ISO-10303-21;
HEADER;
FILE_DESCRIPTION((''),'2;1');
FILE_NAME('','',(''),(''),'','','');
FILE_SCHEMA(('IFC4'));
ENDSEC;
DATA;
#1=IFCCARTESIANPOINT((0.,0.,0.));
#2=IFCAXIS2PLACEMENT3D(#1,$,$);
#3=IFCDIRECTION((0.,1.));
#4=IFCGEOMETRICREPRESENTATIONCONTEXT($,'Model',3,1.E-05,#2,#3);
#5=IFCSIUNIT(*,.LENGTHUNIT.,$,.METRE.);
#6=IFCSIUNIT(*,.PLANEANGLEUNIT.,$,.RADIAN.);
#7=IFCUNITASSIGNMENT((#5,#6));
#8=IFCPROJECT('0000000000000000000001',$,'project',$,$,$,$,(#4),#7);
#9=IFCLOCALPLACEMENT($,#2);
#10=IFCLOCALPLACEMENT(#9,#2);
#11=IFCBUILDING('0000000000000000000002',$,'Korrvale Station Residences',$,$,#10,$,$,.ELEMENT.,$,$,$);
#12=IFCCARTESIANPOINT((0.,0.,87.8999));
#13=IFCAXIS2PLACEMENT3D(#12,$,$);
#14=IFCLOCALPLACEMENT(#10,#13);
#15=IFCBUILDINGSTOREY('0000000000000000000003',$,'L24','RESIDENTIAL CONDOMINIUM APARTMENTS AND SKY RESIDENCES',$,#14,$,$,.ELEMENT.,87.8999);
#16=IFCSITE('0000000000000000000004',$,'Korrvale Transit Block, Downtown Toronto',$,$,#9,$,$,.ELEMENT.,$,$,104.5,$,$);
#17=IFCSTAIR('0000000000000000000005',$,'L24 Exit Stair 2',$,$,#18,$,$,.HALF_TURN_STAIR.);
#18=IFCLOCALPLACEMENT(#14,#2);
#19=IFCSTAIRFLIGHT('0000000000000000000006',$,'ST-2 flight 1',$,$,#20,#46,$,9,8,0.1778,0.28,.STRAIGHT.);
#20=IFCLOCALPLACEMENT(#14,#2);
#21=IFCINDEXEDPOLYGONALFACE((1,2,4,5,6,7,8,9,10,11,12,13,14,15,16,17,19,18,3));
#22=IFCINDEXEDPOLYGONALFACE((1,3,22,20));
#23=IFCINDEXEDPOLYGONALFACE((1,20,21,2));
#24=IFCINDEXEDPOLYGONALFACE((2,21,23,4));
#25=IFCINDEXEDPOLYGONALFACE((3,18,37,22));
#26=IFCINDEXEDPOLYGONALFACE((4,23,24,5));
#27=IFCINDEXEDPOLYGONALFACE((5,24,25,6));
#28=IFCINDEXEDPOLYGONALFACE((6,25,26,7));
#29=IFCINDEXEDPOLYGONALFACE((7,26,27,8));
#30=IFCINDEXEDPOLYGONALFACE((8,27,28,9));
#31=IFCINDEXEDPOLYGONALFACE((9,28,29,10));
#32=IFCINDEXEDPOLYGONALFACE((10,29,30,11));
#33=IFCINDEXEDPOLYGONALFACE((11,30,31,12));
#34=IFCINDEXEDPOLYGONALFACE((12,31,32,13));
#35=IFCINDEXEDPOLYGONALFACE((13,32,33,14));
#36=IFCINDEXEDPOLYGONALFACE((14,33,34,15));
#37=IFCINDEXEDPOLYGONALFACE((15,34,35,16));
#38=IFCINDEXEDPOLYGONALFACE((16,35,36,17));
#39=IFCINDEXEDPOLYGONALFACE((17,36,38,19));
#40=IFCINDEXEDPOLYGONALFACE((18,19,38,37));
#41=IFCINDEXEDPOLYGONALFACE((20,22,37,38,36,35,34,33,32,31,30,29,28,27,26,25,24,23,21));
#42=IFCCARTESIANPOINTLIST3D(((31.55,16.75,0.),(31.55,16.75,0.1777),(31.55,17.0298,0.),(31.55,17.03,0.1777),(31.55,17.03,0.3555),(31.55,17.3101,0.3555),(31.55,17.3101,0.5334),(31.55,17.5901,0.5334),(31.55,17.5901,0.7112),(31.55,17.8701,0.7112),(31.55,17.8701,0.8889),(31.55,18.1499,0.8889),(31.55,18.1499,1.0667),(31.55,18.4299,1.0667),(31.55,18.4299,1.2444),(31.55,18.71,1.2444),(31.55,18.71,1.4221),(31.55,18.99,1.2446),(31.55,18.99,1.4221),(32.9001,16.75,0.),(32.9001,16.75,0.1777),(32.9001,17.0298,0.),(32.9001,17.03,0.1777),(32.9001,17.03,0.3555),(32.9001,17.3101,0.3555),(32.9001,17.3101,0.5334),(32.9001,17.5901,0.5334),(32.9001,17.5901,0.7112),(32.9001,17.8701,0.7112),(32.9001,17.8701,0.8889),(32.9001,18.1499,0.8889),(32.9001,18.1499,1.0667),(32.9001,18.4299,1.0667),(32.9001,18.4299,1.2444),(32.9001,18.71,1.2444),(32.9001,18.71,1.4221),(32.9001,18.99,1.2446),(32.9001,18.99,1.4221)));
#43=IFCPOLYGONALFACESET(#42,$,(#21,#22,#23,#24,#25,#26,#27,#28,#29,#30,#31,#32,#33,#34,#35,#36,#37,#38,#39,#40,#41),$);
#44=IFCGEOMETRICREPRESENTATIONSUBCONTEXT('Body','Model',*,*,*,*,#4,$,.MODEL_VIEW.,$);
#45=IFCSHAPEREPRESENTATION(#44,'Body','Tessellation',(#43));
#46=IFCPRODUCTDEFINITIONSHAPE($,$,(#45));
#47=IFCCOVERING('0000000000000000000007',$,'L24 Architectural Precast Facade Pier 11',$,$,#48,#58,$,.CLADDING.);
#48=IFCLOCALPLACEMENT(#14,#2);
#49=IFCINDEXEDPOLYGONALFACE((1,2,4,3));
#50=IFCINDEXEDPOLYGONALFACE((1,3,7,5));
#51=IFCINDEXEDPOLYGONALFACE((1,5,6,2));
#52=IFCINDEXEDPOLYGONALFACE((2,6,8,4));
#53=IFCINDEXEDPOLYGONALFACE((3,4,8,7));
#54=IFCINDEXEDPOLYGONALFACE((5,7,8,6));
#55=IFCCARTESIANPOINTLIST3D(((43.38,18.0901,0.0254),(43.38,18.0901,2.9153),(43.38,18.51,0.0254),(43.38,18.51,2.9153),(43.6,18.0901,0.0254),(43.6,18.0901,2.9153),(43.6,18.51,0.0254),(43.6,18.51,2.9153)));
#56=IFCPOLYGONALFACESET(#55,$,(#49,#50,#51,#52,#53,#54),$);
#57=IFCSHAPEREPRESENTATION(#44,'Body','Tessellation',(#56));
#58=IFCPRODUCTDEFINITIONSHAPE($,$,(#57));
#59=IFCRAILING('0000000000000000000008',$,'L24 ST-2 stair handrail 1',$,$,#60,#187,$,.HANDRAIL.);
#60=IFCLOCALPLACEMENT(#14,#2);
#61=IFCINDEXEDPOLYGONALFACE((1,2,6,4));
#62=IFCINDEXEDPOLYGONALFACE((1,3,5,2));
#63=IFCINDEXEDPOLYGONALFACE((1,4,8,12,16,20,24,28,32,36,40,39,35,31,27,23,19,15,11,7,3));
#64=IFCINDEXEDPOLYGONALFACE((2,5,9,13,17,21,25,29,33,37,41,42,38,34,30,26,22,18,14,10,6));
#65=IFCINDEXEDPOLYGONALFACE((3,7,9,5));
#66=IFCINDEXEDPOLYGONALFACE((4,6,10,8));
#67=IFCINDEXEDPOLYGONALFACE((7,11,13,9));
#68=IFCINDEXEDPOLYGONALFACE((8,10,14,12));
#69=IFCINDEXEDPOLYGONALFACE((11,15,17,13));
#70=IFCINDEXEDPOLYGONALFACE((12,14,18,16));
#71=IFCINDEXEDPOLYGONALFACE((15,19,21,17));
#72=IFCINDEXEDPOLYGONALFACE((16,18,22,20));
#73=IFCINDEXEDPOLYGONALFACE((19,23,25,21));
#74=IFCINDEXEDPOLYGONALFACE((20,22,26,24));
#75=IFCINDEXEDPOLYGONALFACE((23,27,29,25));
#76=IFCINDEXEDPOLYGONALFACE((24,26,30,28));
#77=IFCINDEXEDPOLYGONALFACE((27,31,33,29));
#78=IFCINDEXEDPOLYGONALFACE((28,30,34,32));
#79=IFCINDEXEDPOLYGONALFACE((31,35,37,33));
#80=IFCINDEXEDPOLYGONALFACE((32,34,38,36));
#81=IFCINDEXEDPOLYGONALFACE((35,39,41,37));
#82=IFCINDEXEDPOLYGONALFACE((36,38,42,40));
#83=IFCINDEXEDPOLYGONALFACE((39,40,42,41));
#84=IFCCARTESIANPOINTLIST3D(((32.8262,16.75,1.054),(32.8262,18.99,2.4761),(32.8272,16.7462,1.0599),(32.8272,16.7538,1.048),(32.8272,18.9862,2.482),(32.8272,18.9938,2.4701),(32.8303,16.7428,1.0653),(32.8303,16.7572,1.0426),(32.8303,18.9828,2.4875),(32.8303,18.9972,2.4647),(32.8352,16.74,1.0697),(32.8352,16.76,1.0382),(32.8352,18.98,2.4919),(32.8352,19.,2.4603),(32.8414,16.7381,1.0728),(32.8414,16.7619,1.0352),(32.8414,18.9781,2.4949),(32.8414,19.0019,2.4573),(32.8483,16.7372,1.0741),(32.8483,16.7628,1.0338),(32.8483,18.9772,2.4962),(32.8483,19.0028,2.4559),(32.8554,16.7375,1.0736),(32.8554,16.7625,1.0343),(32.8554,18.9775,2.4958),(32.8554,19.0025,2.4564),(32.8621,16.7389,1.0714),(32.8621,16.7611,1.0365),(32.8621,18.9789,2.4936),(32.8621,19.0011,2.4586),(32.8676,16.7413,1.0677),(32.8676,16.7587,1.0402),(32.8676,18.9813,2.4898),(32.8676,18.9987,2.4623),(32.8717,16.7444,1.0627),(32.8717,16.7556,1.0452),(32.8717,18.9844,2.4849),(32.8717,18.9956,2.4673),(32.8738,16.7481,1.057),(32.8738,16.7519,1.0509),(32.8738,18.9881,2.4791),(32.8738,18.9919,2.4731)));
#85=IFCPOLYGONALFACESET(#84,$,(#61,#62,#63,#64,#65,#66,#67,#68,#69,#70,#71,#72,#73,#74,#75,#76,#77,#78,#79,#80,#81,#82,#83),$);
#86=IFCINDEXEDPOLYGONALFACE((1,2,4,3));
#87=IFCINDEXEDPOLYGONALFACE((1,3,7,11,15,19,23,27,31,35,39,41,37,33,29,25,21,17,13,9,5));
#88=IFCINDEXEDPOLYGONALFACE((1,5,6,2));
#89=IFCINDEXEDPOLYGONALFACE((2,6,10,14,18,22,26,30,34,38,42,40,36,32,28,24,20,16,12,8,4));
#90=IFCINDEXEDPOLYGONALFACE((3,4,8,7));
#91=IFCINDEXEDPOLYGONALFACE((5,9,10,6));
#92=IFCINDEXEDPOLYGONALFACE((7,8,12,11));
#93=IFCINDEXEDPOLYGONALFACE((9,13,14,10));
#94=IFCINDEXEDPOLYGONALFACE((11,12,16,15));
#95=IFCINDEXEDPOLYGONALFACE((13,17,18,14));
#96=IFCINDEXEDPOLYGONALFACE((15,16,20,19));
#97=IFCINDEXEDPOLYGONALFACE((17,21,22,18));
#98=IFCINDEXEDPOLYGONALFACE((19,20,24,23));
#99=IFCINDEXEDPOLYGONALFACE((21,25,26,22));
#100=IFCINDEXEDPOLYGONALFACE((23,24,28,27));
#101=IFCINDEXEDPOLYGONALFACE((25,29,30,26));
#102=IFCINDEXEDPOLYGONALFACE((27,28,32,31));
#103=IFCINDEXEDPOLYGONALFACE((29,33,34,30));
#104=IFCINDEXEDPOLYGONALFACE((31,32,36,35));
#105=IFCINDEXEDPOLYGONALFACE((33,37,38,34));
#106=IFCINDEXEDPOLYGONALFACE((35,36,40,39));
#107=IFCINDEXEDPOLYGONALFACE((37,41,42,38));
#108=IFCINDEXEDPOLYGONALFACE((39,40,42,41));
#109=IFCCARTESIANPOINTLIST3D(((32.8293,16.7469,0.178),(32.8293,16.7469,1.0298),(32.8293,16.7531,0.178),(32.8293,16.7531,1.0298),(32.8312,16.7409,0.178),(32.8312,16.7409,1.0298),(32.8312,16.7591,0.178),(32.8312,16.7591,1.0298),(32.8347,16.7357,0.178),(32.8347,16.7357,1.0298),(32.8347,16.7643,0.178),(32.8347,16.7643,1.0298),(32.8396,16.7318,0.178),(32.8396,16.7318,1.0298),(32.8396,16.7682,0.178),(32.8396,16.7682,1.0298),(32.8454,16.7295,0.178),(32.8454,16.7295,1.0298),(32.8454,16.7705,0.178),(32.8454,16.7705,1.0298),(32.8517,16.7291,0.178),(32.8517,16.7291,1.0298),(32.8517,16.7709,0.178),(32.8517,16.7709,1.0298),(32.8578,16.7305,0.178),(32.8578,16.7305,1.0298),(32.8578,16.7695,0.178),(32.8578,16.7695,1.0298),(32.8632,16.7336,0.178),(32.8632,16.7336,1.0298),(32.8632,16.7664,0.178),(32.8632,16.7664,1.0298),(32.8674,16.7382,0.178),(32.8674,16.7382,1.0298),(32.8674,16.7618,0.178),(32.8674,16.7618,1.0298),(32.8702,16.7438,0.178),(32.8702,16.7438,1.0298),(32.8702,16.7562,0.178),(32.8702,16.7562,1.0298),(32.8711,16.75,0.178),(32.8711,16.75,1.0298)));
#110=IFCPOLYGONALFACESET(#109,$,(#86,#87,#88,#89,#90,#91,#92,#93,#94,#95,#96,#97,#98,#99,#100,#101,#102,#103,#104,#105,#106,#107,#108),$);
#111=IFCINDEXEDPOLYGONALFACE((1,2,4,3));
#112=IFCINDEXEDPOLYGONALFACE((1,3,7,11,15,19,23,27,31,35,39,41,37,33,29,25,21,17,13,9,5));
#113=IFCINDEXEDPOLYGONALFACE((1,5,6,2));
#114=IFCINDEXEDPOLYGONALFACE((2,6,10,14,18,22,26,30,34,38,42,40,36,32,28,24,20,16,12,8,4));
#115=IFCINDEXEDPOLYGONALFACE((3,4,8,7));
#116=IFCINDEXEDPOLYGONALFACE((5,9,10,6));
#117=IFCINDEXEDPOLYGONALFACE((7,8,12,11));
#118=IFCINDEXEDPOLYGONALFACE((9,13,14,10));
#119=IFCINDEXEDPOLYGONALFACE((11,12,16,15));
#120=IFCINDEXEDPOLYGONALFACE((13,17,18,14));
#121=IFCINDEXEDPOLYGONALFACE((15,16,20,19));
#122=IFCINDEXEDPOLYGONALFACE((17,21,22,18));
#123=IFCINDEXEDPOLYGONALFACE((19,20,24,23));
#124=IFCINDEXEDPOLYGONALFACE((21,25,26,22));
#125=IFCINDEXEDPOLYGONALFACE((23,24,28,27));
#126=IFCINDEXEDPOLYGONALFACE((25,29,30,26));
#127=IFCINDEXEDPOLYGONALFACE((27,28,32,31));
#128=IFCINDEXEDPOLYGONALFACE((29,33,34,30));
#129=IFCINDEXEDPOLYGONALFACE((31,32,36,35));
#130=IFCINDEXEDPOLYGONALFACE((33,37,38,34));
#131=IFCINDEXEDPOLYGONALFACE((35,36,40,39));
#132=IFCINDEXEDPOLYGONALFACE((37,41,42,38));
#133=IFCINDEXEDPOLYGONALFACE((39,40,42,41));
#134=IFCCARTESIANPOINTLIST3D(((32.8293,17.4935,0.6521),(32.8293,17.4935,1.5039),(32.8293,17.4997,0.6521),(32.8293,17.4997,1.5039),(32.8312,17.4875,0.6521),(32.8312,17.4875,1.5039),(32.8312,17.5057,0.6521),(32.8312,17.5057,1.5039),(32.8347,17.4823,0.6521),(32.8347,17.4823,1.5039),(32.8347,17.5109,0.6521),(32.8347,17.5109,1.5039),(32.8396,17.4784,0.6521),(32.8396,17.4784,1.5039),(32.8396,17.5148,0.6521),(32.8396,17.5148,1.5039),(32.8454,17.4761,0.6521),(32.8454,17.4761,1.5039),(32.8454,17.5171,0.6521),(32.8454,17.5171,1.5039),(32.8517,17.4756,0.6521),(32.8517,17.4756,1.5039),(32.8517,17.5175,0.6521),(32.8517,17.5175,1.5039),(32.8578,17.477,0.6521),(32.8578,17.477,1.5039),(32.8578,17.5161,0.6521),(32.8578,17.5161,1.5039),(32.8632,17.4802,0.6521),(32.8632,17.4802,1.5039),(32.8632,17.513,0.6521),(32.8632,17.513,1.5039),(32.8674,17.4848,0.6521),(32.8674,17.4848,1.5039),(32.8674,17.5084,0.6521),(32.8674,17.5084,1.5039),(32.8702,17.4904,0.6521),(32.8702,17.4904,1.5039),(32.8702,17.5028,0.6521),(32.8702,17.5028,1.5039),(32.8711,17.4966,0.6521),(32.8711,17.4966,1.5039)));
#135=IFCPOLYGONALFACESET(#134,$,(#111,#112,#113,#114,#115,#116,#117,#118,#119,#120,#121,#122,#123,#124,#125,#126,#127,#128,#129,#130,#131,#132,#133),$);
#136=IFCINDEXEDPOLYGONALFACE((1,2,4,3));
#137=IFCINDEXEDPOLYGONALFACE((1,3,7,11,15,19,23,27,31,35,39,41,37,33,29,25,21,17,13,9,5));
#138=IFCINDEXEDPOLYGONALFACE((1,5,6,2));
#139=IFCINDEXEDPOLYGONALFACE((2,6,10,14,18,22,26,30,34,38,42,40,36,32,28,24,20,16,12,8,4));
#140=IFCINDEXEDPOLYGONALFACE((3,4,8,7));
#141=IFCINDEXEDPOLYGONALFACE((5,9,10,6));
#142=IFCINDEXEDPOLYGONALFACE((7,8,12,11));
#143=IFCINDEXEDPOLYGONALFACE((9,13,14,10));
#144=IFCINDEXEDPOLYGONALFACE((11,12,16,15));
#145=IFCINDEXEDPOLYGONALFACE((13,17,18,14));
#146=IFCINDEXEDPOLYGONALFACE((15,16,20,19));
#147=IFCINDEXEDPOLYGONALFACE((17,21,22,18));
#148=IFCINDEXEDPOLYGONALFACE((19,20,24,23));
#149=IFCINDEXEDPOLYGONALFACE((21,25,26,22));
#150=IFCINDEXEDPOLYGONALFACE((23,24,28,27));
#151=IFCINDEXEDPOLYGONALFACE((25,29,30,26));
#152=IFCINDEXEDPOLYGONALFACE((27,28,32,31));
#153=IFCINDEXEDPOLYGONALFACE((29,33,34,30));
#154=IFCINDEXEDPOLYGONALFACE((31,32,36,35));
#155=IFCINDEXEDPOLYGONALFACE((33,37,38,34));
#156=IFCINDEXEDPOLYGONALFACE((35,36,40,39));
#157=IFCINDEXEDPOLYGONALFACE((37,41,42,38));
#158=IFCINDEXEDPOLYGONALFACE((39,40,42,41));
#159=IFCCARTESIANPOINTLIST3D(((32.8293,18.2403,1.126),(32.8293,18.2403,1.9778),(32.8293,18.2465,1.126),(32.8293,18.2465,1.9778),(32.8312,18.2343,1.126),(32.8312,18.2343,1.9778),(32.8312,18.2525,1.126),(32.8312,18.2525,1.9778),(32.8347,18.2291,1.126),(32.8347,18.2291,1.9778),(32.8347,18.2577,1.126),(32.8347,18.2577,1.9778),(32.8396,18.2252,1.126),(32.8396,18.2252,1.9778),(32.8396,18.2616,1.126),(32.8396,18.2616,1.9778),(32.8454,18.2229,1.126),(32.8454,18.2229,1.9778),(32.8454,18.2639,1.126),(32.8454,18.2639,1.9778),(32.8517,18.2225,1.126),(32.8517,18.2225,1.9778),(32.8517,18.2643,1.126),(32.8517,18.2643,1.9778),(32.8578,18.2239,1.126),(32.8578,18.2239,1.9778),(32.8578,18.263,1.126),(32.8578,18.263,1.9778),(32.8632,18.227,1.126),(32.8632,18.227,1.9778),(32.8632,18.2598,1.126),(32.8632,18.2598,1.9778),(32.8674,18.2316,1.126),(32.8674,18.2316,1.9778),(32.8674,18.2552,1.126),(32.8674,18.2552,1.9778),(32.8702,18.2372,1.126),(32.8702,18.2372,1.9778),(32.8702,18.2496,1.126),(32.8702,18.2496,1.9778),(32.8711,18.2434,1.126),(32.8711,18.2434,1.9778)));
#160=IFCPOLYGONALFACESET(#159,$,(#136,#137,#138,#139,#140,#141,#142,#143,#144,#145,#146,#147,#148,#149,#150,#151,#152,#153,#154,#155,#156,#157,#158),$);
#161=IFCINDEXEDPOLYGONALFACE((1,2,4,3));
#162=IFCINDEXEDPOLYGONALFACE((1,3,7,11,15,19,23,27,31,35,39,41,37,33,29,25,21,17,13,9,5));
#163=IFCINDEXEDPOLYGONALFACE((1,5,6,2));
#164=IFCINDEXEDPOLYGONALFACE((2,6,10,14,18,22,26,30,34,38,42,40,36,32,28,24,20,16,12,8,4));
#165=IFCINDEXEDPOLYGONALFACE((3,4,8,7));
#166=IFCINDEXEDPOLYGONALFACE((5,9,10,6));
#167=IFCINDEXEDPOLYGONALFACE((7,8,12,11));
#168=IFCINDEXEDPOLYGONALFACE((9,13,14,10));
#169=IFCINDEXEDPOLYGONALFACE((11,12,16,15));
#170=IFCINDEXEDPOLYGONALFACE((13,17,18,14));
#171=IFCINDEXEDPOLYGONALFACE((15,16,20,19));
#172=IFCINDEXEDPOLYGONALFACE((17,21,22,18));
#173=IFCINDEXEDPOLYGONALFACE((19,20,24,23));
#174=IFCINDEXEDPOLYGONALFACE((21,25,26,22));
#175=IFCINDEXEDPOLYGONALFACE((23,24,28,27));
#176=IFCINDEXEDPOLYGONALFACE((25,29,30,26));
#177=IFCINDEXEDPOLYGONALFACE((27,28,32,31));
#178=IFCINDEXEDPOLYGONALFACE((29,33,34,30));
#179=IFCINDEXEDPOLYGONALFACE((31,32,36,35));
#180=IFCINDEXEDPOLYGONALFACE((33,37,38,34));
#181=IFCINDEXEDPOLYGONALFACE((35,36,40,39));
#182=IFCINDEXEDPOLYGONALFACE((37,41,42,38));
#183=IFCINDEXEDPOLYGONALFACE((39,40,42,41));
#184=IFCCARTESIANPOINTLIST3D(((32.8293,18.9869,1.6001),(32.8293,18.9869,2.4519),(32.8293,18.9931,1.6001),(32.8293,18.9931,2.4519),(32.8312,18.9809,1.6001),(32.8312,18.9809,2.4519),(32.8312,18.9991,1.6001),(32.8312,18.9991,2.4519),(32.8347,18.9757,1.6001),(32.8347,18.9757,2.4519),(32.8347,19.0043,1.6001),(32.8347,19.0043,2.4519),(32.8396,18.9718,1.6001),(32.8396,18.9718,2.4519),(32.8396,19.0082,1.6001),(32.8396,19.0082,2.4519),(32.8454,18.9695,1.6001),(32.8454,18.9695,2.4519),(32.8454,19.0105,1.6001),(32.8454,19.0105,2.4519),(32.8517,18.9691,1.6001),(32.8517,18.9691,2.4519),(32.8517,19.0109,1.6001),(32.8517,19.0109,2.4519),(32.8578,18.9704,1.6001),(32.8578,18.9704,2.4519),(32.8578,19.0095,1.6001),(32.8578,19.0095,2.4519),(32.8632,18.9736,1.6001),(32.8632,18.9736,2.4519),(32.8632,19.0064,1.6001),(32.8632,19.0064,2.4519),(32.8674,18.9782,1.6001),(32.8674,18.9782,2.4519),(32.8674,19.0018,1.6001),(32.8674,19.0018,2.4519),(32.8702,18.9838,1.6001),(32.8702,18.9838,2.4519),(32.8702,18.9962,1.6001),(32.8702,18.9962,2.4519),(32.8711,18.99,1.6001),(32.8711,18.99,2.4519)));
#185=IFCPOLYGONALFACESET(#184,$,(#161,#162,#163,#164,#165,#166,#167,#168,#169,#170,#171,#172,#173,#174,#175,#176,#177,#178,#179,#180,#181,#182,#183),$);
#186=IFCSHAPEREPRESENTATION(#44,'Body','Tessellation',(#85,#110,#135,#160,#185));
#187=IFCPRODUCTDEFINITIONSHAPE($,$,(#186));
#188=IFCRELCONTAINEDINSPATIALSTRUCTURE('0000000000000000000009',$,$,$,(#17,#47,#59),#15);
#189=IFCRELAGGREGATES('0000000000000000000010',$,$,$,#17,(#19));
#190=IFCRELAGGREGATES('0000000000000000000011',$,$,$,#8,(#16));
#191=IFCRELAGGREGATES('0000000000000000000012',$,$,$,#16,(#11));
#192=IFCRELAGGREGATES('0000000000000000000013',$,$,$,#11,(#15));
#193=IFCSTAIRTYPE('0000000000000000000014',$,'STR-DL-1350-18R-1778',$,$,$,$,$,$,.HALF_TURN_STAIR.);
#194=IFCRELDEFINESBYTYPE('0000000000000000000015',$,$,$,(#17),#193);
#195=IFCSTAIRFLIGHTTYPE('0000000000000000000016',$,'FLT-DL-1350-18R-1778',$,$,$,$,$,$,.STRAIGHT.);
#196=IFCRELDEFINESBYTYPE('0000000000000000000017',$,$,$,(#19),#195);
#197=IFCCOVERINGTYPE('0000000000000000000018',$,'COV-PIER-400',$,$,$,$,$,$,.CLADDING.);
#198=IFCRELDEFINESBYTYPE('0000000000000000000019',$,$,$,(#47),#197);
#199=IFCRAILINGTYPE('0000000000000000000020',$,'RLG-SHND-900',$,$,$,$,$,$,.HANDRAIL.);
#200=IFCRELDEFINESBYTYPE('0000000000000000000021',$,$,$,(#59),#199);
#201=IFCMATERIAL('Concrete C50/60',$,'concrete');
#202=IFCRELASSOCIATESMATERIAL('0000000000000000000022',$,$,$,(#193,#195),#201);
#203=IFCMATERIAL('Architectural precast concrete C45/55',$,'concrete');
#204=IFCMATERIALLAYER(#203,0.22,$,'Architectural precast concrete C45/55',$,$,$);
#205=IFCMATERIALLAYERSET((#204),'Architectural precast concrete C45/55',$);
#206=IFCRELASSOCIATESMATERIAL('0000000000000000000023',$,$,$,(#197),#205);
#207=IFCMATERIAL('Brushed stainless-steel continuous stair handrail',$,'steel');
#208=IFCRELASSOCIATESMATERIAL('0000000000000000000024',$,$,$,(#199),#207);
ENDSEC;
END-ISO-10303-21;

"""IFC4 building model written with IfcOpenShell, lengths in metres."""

from ifc_helpers import new_model, si_unit, direction, frame, origin, origin_2d, place, context, subcontext, project, spatial, polyline, rectangle, circle, outline, extrude, material, layer, layer_set, type_object, element, aggregate, save


model = new_model("IFC4")

# Units and contexts
model_context = context("Model", 3, precision=1e-05, world=origin(), true_north=direction((0.0, 1.0)))
body_context = subcontext(model_context, "Body", "Model", "MODEL_VIEW")
ifc_project = project(units=[si_unit("LENGTHUNIT", "METRE"), si_unit("PLANEANGLEUNIT", "RADIAN")], contexts=[model_context])

# Site, building, storey
site_placement = place(None, origin())
site = spatial("IfcSite", under=ifc_project, at=site_placement, Name="Korrvale Transit Block, Downtown Toronto", CompositionType="ELEMENT", RefElevation=104.5)
building_placement = place(site_placement, origin())
building = spatial("IfcBuilding", under=site, at=building_placement, Name="Korrvale Station Residences", CompositionType="ELEMENT")
storey_placement = place(building_placement, frame((0.0, 0.0, 87.8999)))
storey = spatial("IfcBuildingStorey", under=building, at=storey_placement, Name="L24", Description="RESIDENTIAL CONDOMINIUM APARTMENTS AND SKY RESIDENCES", CompositionType="ELEMENT", Elevation=87.8999)

# Stair, stair flight
ifc_material_1 = material(Name="Concrete C50/60", Category="concrete")
stair_type = type_object("IfcStairType", Name="STR-DL-1350-18R-1778", PredefinedType="HALF_TURN_STAIR", material=ifc_material_1)
stair_placement = place(storey_placement, origin())
stair = element("IfcStair", 1, at=stair_placement, inside=storey, type_object=stair_type, Name="L24 Exit Stair 2", PredefinedType="HALF_TURN_STAIR")
stair_flight_type = type_object("IfcStairFlightType", Name="FLT-DL-1350-18R-1778", PredefinedType="STRAIGHT", material=ifc_material_1)
stair_flight_placement = place(storey_placement, frame((32.2251, 16.75, 0.0), z_axis=(0.0, 0.0, 1.0), x_axis=(0.0, 1.0, 0.0)))
stair_flight = element("IfcStairFlight", 2, at=stair_flight_placement, type_object=stair_flight_type, Name="ST-2 flight 1", NumberOfRisers=9, NumberOfTreads=8, PredefinedType="STRAIGHT", RiserHeight=0.1778, TreadLength=0.28, context=body_context, shape_type="SweptSolid", body=[
    extrude(outline(polyline([(0.0, 0.0), (0.0, 0.1777), (0.28, 0.1777), (0.28, 0.3555), (0.5601, 0.3555), (0.5601, 0.5334), (0.8401, 0.5334), (0.8401, 0.7112), (1.1201, 0.7112), (1.1201, 0.8889), (1.3999, 0.8889), (1.3999, 1.0667), (1.6799, 1.0667), (1.6799, 1.2444), (1.96, 1.2444), (1.96, 1.4221), (2.24, 1.4221), (2.24, 1.6001), (2.24, 1.2446), (0.2798, 0.0), (0.0, 0.0)])), frame((0.0, 0.675, 0.0), z_axis=(0.0, -1.0, 0.0), x_axis=(1.0, 0.0, 0.0)), (0.0, 0.0, 1.0), 1.3501),
])
aggregate(stair, [stair_flight])

# Covering
ifc_material_2 = material(Name="Architectural precast concrete C45/55", Category="concrete")
ifc_layer_1 = layer(ifc_material_2, 0.22, Name="Architectural precast concrete C45/55")
ifc_layer_set_1 = layer_set([ifc_layer_1], Name="Architectural precast concrete C45/55")
covering_type = type_object("IfcCoveringType", Name="COV-PIER-400", PredefinedType="CLADDING", material=ifc_layer_set_1)
covering_placement = place(storey_placement, frame((43.49, 18.3, 0.0254), z_axis=(0.0, 0.0, 1.0), x_axis=(0.0, 1.0, 0.0)))
element("IfcCovering", 3, at=covering_placement, inside=storey, type_object=covering_type, Name="L24 Architectural Precast Facade Pier 11", PredefinedType="CLADDING", context=body_context, shape_type="SweptSolid", body=[
    extrude(rectangle(XDim=0.4199, YDim=0.22, at=origin_2d()), origin(), (0.0, 0.0, 1.0), 2.8899),
])

# Railing
ifc_material_3 = material(Name="Brushed stainless-steel continuous stair handrail", Category="steel")
railing_type_1 = type_object("IfcRailingType", Name="RLG-SHND-900", PredefinedType="HANDRAIL", material=ifc_material_3)
railing_1_placement = place(storey_placement, frame((32.8501, 16.75, 0.178)))
element("IfcRailing", 4, at=railing_1_placement, inside=storey, type_object=railing_type_1, Name="L24 ST-2 stair handrail 1", PredefinedType="HANDRAIL", context=body_context, shape_type="SweptSolid", body=[
    extrude(circle(Radius=0.0239, at=origin_2d()), frame((0.0, 0.0, 0.876), z_axis=(0.0, 0.844229, 0.535982), x_axis=(-1.0, 0.0, 0.0)), (0.0, 0.0, 1.0), 2.6533),
    extrude(circle(Radius=0.021, at=origin_2d()), origin(), (0.0, 0.0, 1.0), 0.8518),
    extrude(circle(Radius=0.021, at=origin_2d()), frame((0.0, 0.7466, 0.4741)), (0.0, 0.0, 1.0), 0.8518),
    extrude(circle(Radius=0.021, at=origin_2d()), frame((0.0, 1.4934, 0.948)), (0.0, 0.0, 1.0), 0.8518),
    extrude(circle(Radius=0.021, at=origin_2d()), frame((0.0, 2.24, 1.4221)), (0.0, 0.0, 1.0), 0.8518),
])

save(model, "model.ifc")
